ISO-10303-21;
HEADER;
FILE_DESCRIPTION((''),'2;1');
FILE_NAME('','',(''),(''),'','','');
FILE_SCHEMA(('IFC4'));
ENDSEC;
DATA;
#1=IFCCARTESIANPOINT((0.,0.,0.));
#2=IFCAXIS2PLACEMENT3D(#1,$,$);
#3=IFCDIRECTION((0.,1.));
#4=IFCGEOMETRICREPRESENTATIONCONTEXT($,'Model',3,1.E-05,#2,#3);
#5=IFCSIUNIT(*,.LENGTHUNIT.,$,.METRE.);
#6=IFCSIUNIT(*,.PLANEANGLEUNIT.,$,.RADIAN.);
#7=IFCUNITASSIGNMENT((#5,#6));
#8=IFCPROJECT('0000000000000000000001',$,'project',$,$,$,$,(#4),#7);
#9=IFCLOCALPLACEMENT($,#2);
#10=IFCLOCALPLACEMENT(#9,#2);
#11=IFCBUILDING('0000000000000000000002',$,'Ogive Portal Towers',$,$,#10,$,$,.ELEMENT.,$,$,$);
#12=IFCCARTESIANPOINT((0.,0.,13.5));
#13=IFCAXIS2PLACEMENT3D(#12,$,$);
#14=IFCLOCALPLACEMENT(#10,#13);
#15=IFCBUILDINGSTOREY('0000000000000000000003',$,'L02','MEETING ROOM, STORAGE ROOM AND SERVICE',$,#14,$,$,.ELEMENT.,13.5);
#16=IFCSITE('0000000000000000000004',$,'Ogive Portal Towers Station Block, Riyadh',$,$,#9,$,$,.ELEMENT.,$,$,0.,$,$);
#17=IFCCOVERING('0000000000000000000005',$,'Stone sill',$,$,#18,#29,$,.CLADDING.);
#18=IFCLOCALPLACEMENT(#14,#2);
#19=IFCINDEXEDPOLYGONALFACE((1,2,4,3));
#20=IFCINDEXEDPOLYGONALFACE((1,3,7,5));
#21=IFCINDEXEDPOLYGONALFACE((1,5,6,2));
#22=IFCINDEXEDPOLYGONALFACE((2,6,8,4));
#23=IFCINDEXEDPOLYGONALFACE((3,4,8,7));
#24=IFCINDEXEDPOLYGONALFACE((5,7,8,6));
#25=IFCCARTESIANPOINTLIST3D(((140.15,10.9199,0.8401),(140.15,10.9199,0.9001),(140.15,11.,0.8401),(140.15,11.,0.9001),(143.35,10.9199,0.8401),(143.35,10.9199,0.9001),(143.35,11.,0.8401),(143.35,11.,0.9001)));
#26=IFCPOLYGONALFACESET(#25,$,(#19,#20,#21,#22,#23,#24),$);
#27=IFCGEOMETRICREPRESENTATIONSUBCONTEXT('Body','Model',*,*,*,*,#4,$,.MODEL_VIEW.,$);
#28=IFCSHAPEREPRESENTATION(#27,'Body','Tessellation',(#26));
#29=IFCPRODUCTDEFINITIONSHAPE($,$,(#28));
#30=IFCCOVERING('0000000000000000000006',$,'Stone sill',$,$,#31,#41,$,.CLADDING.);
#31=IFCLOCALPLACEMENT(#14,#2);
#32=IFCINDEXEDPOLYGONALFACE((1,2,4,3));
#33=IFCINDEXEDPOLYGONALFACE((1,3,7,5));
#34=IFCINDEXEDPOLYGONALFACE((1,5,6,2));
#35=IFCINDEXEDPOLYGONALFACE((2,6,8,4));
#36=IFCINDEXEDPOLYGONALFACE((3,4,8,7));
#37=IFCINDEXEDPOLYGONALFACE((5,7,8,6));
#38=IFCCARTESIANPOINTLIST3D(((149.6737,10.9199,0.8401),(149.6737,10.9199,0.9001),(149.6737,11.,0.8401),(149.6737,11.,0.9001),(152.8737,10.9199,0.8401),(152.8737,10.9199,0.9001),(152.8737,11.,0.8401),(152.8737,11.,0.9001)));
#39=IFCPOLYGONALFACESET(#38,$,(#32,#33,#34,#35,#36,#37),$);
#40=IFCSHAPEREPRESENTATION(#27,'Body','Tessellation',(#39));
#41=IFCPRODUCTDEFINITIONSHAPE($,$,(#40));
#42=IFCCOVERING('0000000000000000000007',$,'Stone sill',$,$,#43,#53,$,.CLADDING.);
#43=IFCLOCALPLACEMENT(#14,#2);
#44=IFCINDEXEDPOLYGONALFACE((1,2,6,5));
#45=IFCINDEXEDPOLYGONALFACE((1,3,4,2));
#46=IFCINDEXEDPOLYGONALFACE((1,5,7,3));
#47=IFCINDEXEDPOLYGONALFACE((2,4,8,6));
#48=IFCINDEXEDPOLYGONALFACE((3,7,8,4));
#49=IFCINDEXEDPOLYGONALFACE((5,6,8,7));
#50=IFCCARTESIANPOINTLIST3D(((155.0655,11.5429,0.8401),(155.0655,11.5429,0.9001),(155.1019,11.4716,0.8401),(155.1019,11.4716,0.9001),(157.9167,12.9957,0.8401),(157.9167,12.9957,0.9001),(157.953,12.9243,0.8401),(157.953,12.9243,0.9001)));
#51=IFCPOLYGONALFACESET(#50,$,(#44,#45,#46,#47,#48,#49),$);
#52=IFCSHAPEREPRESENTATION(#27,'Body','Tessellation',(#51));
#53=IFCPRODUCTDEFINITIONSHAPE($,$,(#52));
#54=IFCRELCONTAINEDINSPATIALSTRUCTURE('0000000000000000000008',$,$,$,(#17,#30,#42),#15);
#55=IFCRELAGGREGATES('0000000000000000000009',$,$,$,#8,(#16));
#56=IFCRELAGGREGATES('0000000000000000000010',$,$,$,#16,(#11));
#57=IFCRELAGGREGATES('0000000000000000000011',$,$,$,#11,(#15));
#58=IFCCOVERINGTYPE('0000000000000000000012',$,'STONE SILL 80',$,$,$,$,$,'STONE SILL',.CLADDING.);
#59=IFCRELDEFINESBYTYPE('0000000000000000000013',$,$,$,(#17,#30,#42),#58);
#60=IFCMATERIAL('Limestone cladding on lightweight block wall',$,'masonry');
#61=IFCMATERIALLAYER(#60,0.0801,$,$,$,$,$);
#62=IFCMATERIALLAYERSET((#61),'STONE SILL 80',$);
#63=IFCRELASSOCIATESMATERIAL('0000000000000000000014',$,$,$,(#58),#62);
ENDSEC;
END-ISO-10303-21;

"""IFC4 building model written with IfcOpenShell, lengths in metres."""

from ifc_helpers import new_model, si_unit, direction, frame, origin, origin_2d, place, context, subcontext, project, spatial, rectangle, extrude, material, layer, layer_set, type_object, element, save


model = new_model("IFC4")

# Units and contexts
model_context = context("Model", 3, precision=1e-05, world=origin(), true_north=direction((0.0, 1.0)))
body_context = subcontext(model_context, "Body", "Model", "MODEL_VIEW")
ifc_project = project(units=[si_unit("LENGTHUNIT", "METRE"), si_unit("PLANEANGLEUNIT", "RADIAN")], contexts=[model_context])

# Site, building, storey
site_placement = place(None, origin())
site = spatial("IfcSite", under=ifc_project, at=site_placement, Name="Ogive Portal Towers Station Block, Riyadh", CompositionType="ELEMENT", RefElevation=0.0)
building_placement = place(site_placement, origin())
building = spatial("IfcBuilding", under=site, at=building_placement, Name="Ogive Portal Towers", CompositionType="ELEMENT")
storey_placement = place(building_placement, frame((0.0, 0.0, 13.5)))
storey = spatial("IfcBuildingStorey", under=building, at=storey_placement, Name="L02", Description="MEETING ROOM, STORAGE ROOM AND SERVICE", CompositionType="ELEMENT", Elevation=13.5)

# Shared definitions
ifc_material_1 = material(Name="Limestone cladding on lightweight block wall", Category="masonry")

# Coverings
ifc_layer_1 = layer(ifc_material_1, 0.0801)
ifc_layer_set_1 = layer_set([ifc_layer_1], Name="STONE SILL 80")
covering_type_1 = type_object("IfcCoveringType", Name="STONE SILL 80", ElementType="STONE SILL", PredefinedType="CLADDING", material=ifc_layer_set_1)
for number, where, z_axis, x_axis, name in (
    (1, (141.75, 10.96, 0.8401), (0.0, 0.0, 1.0), (1.0, 0.0, 0.0), "Stone sill"),
    (2, (151.2737, 10.96, 0.8401), (0.0, 0.0, 1.0), (1.0, 0.0, 0.0), "Stone sill"),
    (3, (156.5093, 12.2336, 0.8401), (0.0, 0.0, 1.0), (0.891007, 0.45399, 0.0), "Stone sill"),
):
    element("IfcCovering", number, at=place(storey_placement, frame(where, z_axis=z_axis, x_axis=x_axis)), inside=storey, type_object=covering_type_1, Name=name, PredefinedType="CLADDING", context=body_context, shape_type="SweptSolid", body=[
        extrude(rectangle(XDim=3.2, YDim=0.0801, at=origin_2d()), origin(), (0.0, 0.0, 1.0), 0.0601),
    ])

save(model, "model.ifc")
